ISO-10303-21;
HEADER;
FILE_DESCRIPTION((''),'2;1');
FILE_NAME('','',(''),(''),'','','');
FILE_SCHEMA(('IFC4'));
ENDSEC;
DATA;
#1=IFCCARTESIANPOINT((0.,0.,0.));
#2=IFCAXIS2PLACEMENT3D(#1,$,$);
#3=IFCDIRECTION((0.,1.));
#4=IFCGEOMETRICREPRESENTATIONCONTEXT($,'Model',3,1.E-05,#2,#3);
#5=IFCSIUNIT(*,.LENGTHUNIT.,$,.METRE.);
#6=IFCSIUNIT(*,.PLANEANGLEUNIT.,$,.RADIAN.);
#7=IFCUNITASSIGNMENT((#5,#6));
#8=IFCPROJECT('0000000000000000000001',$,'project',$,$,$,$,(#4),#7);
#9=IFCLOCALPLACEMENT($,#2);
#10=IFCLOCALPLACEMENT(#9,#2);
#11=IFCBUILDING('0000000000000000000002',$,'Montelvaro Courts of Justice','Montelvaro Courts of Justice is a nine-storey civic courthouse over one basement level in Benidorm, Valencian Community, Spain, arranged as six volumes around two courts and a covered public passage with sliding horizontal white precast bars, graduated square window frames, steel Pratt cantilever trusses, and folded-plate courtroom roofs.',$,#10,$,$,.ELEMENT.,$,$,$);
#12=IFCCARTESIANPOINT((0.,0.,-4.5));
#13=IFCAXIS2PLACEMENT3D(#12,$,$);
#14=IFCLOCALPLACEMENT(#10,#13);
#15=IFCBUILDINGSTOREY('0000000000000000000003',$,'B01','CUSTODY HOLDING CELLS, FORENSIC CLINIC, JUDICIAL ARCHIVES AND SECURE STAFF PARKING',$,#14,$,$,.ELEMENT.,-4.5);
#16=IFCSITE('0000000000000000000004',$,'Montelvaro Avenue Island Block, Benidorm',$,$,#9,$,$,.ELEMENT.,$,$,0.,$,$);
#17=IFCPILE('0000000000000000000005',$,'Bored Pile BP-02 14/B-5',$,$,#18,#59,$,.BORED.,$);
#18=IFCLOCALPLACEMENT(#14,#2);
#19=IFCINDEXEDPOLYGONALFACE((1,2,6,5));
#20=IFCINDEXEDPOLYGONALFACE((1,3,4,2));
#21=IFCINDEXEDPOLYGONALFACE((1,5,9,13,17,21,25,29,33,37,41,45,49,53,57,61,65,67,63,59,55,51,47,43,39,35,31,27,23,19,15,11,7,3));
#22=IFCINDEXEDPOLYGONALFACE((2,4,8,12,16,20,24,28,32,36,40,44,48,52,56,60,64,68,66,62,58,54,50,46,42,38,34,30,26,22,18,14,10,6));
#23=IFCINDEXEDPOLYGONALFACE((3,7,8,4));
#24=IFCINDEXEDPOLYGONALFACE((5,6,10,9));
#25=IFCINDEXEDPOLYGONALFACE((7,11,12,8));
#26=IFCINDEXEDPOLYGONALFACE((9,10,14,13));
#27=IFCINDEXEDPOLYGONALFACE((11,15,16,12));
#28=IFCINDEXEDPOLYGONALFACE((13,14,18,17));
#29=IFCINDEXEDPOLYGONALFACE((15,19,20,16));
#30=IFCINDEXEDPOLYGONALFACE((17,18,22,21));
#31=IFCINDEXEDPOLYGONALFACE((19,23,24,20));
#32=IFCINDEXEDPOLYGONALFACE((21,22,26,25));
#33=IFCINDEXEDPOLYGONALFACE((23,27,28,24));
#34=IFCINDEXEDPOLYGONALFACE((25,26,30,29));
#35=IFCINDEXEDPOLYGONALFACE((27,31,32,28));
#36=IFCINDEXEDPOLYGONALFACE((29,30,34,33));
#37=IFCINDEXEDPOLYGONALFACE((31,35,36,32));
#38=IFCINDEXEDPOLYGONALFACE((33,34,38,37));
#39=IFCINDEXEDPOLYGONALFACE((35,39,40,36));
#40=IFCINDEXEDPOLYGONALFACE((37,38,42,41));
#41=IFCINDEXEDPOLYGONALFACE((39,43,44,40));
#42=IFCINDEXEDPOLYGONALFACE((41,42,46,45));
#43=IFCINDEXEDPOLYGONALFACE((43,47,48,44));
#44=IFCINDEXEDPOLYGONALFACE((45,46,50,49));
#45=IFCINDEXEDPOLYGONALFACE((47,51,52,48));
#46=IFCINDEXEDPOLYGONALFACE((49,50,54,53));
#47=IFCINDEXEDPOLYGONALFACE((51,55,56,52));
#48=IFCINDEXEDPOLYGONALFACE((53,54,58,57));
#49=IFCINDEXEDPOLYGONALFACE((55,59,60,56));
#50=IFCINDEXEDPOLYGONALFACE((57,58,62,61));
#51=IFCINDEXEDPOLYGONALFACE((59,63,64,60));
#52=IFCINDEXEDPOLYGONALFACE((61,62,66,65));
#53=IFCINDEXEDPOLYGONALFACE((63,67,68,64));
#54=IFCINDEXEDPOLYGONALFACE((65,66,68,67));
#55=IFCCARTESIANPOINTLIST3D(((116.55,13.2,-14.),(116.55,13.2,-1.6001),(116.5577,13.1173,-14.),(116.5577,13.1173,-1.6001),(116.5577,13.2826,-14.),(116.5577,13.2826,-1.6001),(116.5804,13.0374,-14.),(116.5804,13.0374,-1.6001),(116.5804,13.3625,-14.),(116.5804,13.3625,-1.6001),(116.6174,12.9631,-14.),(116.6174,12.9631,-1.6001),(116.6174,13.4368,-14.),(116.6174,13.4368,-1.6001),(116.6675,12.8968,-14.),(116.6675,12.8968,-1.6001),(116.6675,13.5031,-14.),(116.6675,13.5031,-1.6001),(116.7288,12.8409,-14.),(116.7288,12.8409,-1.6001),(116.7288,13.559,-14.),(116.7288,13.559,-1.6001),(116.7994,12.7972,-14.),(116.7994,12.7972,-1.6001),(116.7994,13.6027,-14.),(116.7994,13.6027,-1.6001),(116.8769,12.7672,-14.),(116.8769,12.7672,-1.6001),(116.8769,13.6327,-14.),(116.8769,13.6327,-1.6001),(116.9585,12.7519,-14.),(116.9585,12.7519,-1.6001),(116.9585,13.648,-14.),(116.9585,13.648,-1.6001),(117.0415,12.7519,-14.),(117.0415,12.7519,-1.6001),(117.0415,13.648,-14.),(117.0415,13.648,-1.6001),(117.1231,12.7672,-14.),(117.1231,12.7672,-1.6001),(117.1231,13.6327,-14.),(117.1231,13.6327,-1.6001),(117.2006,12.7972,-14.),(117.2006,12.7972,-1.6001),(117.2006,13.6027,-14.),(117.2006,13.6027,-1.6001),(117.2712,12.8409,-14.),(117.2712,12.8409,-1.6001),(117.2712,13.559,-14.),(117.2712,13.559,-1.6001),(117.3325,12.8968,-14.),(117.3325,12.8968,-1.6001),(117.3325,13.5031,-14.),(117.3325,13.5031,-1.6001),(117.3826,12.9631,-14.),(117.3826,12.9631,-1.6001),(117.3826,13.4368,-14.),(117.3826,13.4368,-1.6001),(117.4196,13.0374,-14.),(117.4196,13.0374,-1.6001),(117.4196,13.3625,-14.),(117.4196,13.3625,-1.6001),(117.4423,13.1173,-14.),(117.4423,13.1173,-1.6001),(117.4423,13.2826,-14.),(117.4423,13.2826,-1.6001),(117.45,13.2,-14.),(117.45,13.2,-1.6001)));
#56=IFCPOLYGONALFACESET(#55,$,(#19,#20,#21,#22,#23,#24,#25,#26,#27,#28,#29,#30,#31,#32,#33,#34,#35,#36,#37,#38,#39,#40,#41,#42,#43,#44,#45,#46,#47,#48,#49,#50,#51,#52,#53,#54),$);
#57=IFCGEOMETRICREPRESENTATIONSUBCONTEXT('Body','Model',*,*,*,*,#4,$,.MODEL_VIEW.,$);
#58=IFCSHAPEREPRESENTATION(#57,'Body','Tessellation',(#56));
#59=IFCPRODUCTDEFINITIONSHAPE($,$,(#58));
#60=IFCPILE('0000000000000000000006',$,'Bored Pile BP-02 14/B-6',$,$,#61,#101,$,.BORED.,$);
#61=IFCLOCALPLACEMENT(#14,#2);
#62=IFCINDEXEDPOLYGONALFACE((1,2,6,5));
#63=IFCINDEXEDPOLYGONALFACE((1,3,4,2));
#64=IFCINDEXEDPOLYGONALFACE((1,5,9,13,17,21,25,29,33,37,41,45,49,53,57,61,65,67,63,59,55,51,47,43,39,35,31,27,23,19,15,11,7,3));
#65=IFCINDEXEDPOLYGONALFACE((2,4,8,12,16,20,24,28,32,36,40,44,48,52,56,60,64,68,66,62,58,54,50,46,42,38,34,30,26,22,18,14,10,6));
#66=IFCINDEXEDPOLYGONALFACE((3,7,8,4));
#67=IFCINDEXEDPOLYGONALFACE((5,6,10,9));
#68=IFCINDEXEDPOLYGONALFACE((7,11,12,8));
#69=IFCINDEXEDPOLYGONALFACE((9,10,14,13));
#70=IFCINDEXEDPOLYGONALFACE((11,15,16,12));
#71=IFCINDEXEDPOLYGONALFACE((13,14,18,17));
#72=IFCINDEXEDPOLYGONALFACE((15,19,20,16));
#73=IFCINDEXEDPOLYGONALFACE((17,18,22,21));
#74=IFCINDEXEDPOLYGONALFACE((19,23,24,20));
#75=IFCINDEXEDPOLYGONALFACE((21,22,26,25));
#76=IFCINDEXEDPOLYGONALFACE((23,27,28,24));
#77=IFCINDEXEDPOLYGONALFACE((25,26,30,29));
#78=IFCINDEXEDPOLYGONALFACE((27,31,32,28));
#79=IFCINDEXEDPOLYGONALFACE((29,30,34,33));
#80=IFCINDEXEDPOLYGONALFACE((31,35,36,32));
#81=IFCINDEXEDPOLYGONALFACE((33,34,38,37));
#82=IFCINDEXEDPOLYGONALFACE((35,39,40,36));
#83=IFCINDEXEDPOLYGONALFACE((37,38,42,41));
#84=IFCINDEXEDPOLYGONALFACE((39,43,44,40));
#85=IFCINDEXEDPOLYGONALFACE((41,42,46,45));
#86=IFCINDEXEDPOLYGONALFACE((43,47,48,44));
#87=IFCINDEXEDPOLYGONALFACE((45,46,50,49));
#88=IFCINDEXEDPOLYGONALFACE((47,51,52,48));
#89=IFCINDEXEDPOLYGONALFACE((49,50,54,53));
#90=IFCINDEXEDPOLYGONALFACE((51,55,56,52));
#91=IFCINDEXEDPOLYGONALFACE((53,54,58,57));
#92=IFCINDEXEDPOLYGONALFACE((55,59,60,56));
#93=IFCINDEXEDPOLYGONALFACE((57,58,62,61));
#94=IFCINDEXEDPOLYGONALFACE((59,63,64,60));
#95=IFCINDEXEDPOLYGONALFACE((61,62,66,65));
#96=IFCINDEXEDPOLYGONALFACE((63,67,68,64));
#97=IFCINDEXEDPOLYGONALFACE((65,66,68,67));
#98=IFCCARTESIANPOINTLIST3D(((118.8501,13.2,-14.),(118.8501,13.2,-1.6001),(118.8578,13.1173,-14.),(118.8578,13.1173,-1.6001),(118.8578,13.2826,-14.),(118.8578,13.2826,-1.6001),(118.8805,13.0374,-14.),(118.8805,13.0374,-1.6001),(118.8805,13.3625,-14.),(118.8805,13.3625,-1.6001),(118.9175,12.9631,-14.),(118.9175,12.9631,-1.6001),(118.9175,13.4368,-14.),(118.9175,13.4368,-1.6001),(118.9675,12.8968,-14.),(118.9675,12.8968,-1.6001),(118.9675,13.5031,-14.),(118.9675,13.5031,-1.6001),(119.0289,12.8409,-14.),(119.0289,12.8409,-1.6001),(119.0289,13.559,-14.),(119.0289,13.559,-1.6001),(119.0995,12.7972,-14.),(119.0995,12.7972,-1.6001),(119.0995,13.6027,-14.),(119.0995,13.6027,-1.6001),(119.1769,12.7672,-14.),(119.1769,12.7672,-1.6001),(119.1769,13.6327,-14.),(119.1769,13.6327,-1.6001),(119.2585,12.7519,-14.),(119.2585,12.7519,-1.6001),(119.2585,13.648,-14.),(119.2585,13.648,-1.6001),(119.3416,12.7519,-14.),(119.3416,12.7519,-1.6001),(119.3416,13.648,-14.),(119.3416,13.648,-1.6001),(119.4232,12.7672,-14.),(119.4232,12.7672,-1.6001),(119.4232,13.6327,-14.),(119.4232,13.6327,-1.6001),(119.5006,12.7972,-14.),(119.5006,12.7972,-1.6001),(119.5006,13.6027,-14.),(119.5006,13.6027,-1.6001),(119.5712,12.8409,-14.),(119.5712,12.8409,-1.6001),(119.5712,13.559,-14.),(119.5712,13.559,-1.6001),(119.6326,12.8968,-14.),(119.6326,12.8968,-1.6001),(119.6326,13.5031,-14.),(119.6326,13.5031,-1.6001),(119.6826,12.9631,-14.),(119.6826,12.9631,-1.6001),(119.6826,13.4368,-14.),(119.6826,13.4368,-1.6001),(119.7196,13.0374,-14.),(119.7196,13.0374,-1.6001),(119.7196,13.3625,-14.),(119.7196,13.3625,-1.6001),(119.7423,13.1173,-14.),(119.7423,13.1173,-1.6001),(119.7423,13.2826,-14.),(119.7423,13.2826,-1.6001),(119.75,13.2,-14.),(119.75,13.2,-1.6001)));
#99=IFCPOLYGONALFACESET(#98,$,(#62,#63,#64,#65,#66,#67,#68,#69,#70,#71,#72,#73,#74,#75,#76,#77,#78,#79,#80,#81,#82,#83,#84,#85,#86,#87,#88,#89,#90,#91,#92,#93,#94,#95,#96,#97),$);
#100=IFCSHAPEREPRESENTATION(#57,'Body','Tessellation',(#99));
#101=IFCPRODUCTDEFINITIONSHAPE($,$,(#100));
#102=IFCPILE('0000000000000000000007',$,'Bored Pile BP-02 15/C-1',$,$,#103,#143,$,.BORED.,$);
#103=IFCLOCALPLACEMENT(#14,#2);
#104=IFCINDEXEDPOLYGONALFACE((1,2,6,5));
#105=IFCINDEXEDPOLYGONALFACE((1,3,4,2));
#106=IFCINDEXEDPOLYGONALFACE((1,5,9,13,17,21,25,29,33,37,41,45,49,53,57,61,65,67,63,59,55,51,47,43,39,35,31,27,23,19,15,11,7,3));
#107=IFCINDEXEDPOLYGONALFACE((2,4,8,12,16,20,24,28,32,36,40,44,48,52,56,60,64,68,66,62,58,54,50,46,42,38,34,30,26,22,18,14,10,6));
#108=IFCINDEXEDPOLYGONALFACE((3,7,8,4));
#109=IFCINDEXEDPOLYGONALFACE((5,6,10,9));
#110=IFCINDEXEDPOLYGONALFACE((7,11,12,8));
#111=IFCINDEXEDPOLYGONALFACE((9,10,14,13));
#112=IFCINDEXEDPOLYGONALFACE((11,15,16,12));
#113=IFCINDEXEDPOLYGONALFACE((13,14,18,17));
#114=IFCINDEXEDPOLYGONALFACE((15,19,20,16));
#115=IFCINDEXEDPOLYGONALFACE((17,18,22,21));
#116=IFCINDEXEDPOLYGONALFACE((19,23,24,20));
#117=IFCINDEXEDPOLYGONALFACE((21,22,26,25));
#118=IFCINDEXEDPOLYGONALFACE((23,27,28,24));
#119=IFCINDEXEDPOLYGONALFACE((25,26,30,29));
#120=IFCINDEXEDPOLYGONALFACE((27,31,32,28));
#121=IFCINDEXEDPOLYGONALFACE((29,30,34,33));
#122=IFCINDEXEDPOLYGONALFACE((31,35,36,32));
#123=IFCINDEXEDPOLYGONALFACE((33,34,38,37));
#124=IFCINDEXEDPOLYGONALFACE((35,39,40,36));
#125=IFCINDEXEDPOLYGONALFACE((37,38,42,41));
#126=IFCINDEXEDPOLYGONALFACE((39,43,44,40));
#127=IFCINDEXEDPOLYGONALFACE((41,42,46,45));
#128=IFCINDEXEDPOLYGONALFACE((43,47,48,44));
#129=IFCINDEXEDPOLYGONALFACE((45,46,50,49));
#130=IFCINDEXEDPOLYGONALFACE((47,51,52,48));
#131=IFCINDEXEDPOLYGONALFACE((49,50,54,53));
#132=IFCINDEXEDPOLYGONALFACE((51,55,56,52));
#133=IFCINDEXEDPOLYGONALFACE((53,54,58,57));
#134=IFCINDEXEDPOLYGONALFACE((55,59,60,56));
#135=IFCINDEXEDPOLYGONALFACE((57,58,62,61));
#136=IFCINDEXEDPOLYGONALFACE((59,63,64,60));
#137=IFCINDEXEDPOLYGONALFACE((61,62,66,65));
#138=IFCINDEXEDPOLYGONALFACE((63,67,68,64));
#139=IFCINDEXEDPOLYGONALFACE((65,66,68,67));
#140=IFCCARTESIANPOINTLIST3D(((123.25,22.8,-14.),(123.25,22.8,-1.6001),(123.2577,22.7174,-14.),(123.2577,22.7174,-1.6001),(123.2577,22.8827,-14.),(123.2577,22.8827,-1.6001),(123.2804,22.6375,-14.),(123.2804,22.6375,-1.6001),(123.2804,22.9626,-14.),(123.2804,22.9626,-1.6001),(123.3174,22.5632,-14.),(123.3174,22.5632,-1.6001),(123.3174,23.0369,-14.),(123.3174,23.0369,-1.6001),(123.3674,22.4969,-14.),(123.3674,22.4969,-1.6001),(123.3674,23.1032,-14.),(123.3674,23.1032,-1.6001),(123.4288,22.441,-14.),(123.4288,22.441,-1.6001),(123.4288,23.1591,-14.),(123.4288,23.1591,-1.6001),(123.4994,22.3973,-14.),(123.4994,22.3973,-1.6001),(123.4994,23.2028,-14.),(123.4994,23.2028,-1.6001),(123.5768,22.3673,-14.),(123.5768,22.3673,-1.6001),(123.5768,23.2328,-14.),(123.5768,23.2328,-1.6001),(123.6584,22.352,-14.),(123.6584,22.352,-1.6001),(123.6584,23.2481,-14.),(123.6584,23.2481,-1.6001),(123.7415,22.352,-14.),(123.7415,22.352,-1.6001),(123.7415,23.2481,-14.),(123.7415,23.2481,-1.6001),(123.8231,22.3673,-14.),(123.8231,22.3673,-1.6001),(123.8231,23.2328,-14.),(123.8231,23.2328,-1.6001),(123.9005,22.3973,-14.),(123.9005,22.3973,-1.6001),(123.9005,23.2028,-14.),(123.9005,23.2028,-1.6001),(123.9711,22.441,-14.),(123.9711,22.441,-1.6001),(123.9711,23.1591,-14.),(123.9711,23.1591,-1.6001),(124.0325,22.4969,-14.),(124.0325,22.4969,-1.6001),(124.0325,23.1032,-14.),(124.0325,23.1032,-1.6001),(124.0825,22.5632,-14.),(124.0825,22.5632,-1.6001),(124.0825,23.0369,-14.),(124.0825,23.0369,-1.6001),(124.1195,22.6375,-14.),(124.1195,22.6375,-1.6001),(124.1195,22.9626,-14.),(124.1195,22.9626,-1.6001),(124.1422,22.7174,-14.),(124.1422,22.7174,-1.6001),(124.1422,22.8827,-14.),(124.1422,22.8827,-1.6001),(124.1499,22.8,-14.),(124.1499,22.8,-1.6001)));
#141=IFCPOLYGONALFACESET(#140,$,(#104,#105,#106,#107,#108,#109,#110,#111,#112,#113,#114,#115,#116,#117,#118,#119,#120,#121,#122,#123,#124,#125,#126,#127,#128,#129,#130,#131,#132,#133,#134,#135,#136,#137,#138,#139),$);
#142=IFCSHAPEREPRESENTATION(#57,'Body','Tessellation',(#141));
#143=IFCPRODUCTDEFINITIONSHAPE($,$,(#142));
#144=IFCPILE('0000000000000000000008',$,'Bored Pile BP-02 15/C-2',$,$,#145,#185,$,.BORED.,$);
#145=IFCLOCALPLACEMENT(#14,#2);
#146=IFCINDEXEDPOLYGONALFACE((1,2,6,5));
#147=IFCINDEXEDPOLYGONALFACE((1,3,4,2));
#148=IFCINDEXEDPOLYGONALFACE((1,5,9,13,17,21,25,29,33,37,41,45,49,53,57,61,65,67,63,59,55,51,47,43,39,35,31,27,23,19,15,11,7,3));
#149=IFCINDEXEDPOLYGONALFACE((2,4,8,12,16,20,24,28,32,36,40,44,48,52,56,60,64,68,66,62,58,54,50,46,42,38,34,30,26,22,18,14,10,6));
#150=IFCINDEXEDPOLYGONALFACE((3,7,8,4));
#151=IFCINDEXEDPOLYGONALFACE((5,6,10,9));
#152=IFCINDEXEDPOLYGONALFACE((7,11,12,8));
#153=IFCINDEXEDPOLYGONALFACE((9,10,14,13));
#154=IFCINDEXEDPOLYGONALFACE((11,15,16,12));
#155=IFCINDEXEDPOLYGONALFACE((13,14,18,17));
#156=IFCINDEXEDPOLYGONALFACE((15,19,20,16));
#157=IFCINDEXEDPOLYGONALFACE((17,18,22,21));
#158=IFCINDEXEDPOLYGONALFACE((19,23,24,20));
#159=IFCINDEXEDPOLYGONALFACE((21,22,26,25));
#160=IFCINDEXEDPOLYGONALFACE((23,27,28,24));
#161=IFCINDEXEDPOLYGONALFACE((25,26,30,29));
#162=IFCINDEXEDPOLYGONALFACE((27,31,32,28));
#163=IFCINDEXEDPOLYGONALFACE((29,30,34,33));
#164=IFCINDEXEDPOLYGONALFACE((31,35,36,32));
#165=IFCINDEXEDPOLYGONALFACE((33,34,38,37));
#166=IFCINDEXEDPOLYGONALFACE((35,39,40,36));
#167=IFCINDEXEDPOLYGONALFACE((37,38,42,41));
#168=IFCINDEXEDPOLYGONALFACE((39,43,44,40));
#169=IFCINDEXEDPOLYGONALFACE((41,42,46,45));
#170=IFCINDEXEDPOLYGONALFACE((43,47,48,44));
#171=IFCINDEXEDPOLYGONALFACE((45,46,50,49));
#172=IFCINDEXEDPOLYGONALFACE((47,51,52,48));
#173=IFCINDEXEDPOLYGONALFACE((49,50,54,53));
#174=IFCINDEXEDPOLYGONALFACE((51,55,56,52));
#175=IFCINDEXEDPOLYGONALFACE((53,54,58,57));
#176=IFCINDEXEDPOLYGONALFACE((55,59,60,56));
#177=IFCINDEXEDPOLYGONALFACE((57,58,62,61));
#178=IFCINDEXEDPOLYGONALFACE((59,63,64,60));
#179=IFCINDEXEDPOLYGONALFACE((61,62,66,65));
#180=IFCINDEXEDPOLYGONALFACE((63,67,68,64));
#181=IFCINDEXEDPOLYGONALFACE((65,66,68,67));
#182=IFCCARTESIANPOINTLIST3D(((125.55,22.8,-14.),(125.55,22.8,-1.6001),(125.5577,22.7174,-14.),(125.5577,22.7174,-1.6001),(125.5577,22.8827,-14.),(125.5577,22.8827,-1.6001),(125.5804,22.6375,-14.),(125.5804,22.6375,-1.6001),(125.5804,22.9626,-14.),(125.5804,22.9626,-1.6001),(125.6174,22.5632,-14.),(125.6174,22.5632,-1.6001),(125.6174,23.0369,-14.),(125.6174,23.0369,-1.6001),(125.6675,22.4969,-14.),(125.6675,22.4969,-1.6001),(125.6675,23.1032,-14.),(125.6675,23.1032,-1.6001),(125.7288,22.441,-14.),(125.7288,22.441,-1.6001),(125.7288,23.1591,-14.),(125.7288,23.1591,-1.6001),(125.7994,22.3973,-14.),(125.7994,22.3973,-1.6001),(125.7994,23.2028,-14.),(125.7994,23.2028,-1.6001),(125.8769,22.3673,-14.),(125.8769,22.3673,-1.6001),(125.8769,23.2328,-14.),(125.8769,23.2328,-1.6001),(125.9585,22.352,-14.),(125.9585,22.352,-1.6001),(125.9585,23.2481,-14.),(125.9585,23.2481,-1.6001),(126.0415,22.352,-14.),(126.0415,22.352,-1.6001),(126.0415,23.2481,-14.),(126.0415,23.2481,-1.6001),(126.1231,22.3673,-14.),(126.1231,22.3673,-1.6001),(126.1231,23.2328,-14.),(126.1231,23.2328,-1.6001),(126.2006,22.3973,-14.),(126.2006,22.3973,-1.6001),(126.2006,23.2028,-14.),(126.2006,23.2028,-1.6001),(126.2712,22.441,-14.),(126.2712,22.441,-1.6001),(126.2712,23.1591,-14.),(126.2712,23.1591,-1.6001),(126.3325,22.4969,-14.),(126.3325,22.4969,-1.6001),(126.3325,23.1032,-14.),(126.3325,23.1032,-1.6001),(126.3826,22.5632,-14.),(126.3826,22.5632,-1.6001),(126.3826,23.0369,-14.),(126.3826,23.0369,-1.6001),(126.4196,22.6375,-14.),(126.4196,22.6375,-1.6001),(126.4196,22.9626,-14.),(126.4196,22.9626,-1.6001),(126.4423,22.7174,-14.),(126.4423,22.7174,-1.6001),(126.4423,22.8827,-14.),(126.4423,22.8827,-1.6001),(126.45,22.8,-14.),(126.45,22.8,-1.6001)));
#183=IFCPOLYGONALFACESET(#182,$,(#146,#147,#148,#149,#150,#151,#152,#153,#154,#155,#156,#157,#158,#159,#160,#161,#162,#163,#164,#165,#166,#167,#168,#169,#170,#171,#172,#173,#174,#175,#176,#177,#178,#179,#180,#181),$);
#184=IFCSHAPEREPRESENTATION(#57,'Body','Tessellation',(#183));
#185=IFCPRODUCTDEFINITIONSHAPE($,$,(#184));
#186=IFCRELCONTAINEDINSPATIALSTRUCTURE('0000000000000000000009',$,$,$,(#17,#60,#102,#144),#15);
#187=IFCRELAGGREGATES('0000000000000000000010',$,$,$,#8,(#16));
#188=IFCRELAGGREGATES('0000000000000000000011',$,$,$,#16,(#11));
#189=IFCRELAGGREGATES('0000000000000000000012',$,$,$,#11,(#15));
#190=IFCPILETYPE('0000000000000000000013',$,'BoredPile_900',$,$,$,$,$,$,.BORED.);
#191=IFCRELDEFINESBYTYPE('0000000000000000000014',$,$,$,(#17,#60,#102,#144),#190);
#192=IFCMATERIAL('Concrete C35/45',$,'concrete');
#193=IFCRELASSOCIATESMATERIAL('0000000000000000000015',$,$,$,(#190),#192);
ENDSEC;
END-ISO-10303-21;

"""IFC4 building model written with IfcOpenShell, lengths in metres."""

from ifc_helpers import new_model, si_unit, direction, frame, origin, origin_2d, place, context, subcontext, project, spatial, circle, extrude, material, material_profile, profile_set, type_object, element, save


model = new_model("IFC4")

# Units and contexts
model_context = context("Model", 3, precision=1e-05, world=origin(), true_north=direction((0.0, 1.0)))
body_context = subcontext(model_context, "Body", "Model", "MODEL_VIEW")
ifc_project = project(units=[si_unit("LENGTHUNIT", "METRE"), si_unit("PLANEANGLEUNIT", "RADIAN")], contexts=[model_context])

# Site, building, storey
site_placement = place(None, origin())
site = spatial("IfcSite", under=ifc_project, at=site_placement, Name="Montelvaro Avenue Island Block, Benidorm", CompositionType="ELEMENT", RefElevation=0.0)
building_placement = place(site_placement, origin())
building = spatial("IfcBuilding", under=site, at=building_placement, Name="Montelvaro Courts of Justice", Description="Montelvaro Courts of Justice is a nine-storey civic courthouse over one basement level in Benidorm, Valencian Community, Spain, arranged as six volumes around two courts and a covered public passage with sliding horizontal white precast bars, graduated square window frames, steel Pratt cantilever trusses, and folded-plate courtroom roofs.", CompositionType="ELEMENT")
storey_placement = place(building_placement, frame((0.0, 0.0, -4.5)))
storey = spatial("IfcBuildingStorey", under=building, at=storey_placement, Name="B01", Description="CUSTODY HOLDING CELLS, FORENSIC CLINIC, JUDICIAL ARCHIVES AND SECURE STAFF PARKING", CompositionType="ELEMENT", Elevation=-4.5)

# Piles
ifc_material_1 = material(Name="Concrete C35/45", Category="concrete")
ifc_material_profile_1 = material_profile(ifc_material_1, circle(Radius=0.45, at=origin_2d()), Name="BORED PILE D900")
ifc_profile_set_1 = profile_set([ifc_material_profile_1], Name="Concrete C35/45")
pile_type_1 = type_object("IfcPileType", Name="BoredPile_900", PredefinedType="BORED", material=ifc_profile_set_1)
for number, where, z_axis, x_axis, name in (
    (1, (117.0, 13.2, -1.6001), (0.0, 0.0, -1.0), (1.0, 0.0, 0.0), "Bored Pile BP-02 14/B-5"),
    (2, (119.3, 13.2, -1.6001), (0.0, 0.0, -1.0), (1.0, 0.0, 0.0), "Bored Pile BP-02 14/B-6"),
    (3, (123.7, 22.8, -1.6001), (0.0, 0.0, -1.0), (1.0, 0.0, 0.0), "Bored Pile BP-02 15/C-1"),
    (4, (126.0, 22.8, -1.6001), (0.0, 0.0, -1.0), (1.0, 0.0, 0.0), "Bored Pile BP-02 15/C-2"),
):
    element("IfcPile", number, at=place(storey_placement, frame(where, z_axis=z_axis, x_axis=x_axis)), inside=storey, type_object=pile_type_1, Name=name, PredefinedType="BORED", context=body_context, shape_type="SweptSolid", body=[
        extrude(circle(Radius=0.45, at=origin_2d()), origin(), (0.0, 0.0, 1.0), 12.3999),
    ])

save(model, "model.ifc")
